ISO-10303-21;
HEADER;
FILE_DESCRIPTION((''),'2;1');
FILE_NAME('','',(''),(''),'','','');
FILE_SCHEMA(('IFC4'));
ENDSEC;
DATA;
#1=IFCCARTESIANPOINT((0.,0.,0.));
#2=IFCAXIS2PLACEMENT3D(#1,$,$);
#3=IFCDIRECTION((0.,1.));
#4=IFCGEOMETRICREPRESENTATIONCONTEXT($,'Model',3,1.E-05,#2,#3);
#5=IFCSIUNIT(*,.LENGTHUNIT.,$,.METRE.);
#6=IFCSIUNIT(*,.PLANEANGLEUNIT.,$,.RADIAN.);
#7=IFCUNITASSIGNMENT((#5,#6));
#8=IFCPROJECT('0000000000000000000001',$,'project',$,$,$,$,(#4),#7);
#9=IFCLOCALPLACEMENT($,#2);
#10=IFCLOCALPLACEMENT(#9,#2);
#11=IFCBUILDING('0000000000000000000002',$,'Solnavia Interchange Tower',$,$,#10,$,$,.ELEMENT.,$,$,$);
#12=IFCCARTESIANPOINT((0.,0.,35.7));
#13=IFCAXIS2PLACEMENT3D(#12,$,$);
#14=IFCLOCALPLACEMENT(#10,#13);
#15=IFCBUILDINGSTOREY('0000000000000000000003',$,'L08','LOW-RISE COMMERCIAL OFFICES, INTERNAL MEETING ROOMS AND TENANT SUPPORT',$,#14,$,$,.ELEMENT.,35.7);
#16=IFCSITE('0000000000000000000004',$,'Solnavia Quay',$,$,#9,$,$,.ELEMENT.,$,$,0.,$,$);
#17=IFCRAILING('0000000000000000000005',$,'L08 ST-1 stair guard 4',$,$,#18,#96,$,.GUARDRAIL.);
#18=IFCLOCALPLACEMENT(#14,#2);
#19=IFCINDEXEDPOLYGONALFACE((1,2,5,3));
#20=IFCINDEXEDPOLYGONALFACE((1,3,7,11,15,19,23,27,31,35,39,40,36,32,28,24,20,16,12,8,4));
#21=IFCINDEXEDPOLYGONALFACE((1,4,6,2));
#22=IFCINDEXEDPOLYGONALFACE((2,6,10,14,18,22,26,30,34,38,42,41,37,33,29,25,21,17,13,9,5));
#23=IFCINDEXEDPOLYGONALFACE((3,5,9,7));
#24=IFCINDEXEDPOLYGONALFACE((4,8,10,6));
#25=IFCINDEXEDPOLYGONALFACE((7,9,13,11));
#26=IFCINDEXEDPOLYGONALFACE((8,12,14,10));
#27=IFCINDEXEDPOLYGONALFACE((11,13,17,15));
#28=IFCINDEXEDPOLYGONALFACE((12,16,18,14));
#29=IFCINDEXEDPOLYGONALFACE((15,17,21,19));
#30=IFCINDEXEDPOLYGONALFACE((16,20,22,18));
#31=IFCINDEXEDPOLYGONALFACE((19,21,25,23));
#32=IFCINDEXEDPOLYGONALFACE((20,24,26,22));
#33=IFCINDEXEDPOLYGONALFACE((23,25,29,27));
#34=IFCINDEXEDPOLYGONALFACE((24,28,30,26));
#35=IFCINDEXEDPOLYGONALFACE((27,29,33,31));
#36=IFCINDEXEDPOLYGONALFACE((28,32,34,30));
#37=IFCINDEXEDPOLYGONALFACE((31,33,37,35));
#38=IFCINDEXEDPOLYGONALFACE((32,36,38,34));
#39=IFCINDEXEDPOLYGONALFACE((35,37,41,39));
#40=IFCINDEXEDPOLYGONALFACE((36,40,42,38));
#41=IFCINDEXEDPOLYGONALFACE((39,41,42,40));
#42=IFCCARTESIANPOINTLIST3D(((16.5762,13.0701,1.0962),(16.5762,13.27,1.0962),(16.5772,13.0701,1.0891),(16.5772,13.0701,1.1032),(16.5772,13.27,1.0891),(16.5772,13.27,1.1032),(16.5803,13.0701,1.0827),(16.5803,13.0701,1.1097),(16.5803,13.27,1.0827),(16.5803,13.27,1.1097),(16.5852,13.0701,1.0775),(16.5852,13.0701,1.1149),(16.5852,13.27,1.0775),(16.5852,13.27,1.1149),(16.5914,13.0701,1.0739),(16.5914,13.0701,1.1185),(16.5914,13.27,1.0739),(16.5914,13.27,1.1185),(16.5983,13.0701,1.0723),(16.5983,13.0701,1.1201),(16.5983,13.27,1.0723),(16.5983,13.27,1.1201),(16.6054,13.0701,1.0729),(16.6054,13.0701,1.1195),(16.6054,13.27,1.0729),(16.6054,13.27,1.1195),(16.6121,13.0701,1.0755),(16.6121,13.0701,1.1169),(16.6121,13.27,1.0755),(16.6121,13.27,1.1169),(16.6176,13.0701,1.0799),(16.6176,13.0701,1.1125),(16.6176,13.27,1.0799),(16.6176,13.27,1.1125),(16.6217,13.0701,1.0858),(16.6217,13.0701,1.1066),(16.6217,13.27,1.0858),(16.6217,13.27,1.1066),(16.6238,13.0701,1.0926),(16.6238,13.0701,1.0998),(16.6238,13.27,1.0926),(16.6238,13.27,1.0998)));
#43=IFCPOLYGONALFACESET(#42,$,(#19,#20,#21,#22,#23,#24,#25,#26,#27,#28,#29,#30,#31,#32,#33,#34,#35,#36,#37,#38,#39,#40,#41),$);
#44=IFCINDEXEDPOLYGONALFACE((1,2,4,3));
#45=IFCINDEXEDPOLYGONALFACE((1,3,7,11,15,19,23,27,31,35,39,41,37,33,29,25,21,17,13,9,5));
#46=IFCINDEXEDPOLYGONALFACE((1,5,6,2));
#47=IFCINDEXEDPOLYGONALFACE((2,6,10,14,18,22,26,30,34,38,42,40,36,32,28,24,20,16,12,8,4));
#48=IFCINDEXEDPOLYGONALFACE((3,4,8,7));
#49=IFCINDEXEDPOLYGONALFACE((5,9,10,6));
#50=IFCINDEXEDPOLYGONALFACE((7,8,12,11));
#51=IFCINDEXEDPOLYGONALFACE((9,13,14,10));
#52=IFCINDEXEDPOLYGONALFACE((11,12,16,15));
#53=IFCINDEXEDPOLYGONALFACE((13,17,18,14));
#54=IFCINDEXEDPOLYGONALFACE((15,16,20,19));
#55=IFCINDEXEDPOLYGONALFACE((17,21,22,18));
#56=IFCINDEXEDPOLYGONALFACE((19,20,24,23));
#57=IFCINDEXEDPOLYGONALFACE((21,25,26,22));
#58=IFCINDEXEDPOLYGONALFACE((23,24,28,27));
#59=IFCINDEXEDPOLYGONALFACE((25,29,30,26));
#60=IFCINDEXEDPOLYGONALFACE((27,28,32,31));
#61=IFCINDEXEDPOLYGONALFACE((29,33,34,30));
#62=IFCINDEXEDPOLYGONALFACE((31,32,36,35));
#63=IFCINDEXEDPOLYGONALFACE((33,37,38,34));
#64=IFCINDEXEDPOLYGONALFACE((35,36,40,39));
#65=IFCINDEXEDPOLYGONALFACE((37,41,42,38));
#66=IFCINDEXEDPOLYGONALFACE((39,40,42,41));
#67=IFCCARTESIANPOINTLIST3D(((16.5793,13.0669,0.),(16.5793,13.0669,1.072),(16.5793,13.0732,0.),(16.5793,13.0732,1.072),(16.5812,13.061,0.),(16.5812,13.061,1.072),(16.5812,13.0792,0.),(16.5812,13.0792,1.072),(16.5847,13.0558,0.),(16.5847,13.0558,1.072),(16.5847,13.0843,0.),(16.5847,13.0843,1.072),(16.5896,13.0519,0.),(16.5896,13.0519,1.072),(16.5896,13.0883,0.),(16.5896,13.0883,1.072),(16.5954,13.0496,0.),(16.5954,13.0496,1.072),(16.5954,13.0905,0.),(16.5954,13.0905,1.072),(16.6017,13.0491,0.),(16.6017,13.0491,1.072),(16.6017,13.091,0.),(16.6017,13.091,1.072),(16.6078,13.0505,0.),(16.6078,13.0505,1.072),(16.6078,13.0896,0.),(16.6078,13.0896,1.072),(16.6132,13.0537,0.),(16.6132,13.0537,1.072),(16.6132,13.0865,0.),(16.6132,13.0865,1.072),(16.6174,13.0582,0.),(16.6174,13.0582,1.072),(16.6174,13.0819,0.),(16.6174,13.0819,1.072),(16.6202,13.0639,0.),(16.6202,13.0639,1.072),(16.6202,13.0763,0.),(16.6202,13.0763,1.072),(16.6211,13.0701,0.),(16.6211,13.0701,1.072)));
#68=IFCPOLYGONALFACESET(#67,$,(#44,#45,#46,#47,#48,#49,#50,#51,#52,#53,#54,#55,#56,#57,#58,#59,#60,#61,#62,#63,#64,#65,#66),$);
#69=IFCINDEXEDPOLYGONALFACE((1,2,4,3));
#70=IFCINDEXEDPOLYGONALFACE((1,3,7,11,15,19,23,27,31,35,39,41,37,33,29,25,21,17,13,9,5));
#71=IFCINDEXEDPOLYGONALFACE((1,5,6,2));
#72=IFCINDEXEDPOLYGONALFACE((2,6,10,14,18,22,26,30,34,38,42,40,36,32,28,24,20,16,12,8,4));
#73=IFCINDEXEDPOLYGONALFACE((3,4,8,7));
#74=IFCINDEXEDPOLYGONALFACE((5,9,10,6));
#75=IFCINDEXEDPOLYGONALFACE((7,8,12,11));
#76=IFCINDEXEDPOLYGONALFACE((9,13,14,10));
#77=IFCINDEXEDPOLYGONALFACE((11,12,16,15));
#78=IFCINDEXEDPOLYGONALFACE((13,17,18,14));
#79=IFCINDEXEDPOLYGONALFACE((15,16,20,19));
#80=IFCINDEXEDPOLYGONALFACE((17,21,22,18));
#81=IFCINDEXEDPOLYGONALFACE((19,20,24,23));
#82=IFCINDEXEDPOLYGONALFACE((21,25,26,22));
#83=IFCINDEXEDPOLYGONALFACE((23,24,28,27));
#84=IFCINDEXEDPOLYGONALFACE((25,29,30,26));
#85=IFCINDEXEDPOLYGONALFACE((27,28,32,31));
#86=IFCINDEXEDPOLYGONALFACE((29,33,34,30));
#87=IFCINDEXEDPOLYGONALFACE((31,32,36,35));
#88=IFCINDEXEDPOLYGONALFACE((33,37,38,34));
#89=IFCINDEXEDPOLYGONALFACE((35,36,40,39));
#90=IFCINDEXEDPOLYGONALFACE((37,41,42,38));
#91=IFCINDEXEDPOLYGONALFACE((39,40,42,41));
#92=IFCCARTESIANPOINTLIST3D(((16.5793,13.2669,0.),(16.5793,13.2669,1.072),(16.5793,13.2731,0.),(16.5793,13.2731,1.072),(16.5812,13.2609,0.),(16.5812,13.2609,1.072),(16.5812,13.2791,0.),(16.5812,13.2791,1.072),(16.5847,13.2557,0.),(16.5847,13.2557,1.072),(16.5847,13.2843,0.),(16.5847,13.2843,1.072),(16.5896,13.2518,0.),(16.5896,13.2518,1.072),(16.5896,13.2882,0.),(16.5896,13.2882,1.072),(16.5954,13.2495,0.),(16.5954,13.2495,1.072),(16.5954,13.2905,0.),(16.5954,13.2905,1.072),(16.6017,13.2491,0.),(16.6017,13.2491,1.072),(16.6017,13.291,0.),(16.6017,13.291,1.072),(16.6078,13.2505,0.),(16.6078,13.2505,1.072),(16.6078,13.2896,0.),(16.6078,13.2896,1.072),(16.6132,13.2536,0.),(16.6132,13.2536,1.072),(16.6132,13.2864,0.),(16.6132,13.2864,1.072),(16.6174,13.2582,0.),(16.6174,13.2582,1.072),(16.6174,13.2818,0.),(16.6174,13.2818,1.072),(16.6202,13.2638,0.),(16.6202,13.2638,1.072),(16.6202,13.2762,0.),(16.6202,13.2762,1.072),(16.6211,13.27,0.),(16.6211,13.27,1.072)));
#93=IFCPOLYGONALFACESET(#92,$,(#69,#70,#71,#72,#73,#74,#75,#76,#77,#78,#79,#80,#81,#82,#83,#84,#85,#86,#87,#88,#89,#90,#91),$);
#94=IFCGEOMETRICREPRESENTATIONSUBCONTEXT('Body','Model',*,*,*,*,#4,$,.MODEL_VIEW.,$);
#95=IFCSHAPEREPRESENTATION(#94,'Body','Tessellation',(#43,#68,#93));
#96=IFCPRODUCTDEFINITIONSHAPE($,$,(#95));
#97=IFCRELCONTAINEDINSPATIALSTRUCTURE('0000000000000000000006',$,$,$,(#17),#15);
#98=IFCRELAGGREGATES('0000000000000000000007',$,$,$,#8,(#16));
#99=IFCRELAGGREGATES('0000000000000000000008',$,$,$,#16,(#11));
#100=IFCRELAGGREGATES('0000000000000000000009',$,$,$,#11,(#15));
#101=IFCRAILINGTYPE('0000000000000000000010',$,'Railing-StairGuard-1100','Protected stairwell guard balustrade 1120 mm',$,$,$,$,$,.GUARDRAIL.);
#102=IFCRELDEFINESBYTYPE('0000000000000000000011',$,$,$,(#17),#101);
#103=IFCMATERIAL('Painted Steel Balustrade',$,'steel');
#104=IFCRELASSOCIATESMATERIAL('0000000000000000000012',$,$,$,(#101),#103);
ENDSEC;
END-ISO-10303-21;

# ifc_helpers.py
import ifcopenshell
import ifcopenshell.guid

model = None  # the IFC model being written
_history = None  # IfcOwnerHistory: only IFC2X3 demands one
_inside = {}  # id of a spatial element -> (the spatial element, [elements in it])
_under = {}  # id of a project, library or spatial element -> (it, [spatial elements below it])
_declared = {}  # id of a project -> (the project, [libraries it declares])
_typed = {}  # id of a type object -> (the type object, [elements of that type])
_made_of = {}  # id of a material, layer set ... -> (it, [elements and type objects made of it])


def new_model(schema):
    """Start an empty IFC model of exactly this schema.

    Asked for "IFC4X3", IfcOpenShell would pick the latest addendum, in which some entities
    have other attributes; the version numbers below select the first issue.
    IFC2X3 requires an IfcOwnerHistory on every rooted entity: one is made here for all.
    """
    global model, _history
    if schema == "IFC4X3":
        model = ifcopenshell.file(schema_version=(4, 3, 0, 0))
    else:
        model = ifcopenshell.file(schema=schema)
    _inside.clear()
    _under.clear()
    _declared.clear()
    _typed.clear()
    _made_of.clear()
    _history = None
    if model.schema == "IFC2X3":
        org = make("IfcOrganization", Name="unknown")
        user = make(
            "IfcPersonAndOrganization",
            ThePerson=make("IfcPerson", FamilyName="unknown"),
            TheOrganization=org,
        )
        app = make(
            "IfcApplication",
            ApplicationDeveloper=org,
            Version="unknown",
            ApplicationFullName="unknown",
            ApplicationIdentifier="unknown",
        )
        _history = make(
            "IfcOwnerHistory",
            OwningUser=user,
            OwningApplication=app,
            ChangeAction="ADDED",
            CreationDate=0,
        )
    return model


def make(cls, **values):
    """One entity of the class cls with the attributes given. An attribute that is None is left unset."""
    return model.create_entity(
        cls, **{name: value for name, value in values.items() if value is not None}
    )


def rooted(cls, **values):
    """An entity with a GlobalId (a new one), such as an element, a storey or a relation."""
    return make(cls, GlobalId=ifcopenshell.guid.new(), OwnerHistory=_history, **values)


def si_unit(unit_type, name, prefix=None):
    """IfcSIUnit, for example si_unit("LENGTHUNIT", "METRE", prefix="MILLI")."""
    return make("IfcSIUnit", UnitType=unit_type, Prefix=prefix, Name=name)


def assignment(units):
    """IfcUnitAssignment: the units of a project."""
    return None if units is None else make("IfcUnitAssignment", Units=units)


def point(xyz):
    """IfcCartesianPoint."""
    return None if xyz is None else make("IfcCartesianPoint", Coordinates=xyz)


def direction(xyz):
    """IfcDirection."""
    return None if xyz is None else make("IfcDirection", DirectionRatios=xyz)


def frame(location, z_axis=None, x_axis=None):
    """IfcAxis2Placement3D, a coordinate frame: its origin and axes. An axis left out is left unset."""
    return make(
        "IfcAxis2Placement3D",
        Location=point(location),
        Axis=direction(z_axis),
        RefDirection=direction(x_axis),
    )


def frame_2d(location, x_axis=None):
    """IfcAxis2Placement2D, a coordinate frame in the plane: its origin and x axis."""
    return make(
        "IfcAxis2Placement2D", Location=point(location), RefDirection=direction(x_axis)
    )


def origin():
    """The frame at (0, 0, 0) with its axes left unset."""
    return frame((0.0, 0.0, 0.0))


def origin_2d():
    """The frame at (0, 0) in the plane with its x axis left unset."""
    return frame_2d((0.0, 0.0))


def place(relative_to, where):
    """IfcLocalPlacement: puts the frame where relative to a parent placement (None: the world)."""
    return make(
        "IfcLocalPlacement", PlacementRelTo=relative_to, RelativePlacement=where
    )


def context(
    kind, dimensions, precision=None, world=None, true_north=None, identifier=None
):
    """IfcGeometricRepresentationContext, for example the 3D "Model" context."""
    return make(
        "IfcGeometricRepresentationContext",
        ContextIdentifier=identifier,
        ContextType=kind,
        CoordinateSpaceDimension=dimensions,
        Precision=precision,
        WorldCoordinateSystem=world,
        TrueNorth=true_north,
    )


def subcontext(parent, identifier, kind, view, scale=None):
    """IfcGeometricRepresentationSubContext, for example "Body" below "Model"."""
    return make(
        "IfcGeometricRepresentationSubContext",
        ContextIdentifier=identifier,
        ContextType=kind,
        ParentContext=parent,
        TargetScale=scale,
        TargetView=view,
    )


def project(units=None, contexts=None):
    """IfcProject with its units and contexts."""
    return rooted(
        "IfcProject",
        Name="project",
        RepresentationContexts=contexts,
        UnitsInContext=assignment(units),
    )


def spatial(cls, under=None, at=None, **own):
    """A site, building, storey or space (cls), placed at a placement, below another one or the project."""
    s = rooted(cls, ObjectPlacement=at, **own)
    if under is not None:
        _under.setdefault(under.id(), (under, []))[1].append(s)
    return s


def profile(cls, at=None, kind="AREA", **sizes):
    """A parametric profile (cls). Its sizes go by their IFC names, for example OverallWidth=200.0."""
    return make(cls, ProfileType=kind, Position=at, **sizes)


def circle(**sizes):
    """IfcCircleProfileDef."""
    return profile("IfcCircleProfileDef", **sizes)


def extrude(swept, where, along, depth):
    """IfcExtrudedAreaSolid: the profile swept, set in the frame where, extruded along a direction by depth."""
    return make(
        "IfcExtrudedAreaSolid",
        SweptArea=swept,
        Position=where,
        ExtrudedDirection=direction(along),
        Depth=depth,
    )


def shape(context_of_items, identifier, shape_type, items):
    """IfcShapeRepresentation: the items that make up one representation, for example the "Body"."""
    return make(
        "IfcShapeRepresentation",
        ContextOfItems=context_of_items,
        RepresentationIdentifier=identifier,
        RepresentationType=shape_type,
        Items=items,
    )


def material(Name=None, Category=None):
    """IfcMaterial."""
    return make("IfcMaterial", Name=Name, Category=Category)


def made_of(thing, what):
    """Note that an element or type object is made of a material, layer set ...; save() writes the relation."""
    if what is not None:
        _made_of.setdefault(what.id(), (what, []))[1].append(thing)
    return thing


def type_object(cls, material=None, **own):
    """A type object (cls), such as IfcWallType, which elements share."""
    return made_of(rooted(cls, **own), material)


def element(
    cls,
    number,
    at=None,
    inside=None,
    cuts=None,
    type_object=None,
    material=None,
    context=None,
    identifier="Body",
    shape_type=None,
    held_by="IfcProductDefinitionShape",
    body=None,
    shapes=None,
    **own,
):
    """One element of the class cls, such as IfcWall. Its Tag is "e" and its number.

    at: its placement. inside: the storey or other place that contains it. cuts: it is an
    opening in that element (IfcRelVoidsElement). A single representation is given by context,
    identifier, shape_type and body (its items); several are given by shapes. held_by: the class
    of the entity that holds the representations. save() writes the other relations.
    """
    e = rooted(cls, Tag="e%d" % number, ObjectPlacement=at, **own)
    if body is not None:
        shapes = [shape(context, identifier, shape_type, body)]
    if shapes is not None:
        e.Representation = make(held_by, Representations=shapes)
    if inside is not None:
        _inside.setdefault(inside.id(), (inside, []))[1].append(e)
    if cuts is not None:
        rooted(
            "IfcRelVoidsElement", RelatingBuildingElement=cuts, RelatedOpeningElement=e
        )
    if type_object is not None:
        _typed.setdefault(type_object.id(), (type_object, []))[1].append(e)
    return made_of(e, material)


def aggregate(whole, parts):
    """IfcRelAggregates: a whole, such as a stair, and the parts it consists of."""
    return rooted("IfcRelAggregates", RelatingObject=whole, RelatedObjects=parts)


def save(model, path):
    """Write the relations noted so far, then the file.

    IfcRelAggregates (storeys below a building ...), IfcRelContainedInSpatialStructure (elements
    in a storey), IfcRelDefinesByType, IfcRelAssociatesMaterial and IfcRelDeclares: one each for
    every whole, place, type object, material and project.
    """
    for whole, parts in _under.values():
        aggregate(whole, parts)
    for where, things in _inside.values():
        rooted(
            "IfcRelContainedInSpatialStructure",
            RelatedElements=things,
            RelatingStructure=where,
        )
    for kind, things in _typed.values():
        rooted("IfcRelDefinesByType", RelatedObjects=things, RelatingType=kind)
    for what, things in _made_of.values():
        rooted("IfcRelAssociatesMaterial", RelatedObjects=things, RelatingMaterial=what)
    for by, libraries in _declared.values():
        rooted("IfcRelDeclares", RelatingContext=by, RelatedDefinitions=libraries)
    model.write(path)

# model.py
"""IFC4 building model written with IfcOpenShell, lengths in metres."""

from ifc_helpers import new_model, si_unit, direction, frame, origin, origin_2d, place, context, subcontext, project, spatial, circle, extrude, material, type_object, element, save


model = new_model("IFC4")

# Units and contexts
model_context = context("Model", 3, precision=1e-05, world=origin(), true_north=direction((0.0, 1.0)))
body_context = subcontext(model_context, "Body", "Model", "MODEL_VIEW")
ifc_project = project(units=[si_unit("LENGTHUNIT", "METRE"), si_unit("PLANEANGLEUNIT", "RADIAN")], contexts=[model_context])

# Site, building, storey
site_placement = place(None, origin())
site = spatial("IfcSite", under=ifc_project, at=site_placement, Name="Solnavia Quay", CompositionType="ELEMENT", RefElevation=0.0)
building_placement = place(site_placement, origin())
building = spatial("IfcBuilding", under=site, at=building_placement, Name="Solnavia Interchange Tower", CompositionType="ELEMENT")
storey_placement = place(building_placement, frame((0.0, 0.0, 35.7)))
storey = spatial("IfcBuildingStorey", under=building, at=storey_placement, Name="L08", Description="LOW-RISE COMMERCIAL OFFICES, INTERNAL MEETING ROOMS AND TENANT SUPPORT", CompositionType="ELEMENT", Elevation=35.7)

# Railing
ifc_material_1 = material(Name="Painted Steel Balustrade", Category="steel")
railing_type_1 = type_object("IfcRailingType", Name="Railing-StairGuard-1100", Description="Protected stairwell guard balustrade 1120 mm", PredefinedType="GUARDRAIL", material=ifc_material_1)
railing_1_placement = place(storey_placement, frame((16.6001, 13.0701, 0.0)))
element("IfcRailing", 1, at=railing_1_placement, inside=storey, type_object=railing_type_1, Name="L08 ST-1 stair guard 4", PredefinedType="GUARDRAIL", context=body_context, shape_type="SweptSolid", body=[
    extrude(circle(Radius=0.0239, at=origin_2d()), frame((0.0, 0.0, 1.0962), z_axis=(0.0, 1.0, 0.0), x_axis=(-1.0, 0.0, 0.0)), (0.0, 0.0, 1.0), 0.2),
    extrude(circle(Radius=0.021, at=origin_2d()), origin(), (0.0, 0.0, 1.0), 1.072),
    extrude(circle(Radius=0.021, at=origin_2d()), frame((0.0, 0.2, 0.0)), (0.0, 0.0, 1.0), 1.072),
])

save(model, "model.ifc")
